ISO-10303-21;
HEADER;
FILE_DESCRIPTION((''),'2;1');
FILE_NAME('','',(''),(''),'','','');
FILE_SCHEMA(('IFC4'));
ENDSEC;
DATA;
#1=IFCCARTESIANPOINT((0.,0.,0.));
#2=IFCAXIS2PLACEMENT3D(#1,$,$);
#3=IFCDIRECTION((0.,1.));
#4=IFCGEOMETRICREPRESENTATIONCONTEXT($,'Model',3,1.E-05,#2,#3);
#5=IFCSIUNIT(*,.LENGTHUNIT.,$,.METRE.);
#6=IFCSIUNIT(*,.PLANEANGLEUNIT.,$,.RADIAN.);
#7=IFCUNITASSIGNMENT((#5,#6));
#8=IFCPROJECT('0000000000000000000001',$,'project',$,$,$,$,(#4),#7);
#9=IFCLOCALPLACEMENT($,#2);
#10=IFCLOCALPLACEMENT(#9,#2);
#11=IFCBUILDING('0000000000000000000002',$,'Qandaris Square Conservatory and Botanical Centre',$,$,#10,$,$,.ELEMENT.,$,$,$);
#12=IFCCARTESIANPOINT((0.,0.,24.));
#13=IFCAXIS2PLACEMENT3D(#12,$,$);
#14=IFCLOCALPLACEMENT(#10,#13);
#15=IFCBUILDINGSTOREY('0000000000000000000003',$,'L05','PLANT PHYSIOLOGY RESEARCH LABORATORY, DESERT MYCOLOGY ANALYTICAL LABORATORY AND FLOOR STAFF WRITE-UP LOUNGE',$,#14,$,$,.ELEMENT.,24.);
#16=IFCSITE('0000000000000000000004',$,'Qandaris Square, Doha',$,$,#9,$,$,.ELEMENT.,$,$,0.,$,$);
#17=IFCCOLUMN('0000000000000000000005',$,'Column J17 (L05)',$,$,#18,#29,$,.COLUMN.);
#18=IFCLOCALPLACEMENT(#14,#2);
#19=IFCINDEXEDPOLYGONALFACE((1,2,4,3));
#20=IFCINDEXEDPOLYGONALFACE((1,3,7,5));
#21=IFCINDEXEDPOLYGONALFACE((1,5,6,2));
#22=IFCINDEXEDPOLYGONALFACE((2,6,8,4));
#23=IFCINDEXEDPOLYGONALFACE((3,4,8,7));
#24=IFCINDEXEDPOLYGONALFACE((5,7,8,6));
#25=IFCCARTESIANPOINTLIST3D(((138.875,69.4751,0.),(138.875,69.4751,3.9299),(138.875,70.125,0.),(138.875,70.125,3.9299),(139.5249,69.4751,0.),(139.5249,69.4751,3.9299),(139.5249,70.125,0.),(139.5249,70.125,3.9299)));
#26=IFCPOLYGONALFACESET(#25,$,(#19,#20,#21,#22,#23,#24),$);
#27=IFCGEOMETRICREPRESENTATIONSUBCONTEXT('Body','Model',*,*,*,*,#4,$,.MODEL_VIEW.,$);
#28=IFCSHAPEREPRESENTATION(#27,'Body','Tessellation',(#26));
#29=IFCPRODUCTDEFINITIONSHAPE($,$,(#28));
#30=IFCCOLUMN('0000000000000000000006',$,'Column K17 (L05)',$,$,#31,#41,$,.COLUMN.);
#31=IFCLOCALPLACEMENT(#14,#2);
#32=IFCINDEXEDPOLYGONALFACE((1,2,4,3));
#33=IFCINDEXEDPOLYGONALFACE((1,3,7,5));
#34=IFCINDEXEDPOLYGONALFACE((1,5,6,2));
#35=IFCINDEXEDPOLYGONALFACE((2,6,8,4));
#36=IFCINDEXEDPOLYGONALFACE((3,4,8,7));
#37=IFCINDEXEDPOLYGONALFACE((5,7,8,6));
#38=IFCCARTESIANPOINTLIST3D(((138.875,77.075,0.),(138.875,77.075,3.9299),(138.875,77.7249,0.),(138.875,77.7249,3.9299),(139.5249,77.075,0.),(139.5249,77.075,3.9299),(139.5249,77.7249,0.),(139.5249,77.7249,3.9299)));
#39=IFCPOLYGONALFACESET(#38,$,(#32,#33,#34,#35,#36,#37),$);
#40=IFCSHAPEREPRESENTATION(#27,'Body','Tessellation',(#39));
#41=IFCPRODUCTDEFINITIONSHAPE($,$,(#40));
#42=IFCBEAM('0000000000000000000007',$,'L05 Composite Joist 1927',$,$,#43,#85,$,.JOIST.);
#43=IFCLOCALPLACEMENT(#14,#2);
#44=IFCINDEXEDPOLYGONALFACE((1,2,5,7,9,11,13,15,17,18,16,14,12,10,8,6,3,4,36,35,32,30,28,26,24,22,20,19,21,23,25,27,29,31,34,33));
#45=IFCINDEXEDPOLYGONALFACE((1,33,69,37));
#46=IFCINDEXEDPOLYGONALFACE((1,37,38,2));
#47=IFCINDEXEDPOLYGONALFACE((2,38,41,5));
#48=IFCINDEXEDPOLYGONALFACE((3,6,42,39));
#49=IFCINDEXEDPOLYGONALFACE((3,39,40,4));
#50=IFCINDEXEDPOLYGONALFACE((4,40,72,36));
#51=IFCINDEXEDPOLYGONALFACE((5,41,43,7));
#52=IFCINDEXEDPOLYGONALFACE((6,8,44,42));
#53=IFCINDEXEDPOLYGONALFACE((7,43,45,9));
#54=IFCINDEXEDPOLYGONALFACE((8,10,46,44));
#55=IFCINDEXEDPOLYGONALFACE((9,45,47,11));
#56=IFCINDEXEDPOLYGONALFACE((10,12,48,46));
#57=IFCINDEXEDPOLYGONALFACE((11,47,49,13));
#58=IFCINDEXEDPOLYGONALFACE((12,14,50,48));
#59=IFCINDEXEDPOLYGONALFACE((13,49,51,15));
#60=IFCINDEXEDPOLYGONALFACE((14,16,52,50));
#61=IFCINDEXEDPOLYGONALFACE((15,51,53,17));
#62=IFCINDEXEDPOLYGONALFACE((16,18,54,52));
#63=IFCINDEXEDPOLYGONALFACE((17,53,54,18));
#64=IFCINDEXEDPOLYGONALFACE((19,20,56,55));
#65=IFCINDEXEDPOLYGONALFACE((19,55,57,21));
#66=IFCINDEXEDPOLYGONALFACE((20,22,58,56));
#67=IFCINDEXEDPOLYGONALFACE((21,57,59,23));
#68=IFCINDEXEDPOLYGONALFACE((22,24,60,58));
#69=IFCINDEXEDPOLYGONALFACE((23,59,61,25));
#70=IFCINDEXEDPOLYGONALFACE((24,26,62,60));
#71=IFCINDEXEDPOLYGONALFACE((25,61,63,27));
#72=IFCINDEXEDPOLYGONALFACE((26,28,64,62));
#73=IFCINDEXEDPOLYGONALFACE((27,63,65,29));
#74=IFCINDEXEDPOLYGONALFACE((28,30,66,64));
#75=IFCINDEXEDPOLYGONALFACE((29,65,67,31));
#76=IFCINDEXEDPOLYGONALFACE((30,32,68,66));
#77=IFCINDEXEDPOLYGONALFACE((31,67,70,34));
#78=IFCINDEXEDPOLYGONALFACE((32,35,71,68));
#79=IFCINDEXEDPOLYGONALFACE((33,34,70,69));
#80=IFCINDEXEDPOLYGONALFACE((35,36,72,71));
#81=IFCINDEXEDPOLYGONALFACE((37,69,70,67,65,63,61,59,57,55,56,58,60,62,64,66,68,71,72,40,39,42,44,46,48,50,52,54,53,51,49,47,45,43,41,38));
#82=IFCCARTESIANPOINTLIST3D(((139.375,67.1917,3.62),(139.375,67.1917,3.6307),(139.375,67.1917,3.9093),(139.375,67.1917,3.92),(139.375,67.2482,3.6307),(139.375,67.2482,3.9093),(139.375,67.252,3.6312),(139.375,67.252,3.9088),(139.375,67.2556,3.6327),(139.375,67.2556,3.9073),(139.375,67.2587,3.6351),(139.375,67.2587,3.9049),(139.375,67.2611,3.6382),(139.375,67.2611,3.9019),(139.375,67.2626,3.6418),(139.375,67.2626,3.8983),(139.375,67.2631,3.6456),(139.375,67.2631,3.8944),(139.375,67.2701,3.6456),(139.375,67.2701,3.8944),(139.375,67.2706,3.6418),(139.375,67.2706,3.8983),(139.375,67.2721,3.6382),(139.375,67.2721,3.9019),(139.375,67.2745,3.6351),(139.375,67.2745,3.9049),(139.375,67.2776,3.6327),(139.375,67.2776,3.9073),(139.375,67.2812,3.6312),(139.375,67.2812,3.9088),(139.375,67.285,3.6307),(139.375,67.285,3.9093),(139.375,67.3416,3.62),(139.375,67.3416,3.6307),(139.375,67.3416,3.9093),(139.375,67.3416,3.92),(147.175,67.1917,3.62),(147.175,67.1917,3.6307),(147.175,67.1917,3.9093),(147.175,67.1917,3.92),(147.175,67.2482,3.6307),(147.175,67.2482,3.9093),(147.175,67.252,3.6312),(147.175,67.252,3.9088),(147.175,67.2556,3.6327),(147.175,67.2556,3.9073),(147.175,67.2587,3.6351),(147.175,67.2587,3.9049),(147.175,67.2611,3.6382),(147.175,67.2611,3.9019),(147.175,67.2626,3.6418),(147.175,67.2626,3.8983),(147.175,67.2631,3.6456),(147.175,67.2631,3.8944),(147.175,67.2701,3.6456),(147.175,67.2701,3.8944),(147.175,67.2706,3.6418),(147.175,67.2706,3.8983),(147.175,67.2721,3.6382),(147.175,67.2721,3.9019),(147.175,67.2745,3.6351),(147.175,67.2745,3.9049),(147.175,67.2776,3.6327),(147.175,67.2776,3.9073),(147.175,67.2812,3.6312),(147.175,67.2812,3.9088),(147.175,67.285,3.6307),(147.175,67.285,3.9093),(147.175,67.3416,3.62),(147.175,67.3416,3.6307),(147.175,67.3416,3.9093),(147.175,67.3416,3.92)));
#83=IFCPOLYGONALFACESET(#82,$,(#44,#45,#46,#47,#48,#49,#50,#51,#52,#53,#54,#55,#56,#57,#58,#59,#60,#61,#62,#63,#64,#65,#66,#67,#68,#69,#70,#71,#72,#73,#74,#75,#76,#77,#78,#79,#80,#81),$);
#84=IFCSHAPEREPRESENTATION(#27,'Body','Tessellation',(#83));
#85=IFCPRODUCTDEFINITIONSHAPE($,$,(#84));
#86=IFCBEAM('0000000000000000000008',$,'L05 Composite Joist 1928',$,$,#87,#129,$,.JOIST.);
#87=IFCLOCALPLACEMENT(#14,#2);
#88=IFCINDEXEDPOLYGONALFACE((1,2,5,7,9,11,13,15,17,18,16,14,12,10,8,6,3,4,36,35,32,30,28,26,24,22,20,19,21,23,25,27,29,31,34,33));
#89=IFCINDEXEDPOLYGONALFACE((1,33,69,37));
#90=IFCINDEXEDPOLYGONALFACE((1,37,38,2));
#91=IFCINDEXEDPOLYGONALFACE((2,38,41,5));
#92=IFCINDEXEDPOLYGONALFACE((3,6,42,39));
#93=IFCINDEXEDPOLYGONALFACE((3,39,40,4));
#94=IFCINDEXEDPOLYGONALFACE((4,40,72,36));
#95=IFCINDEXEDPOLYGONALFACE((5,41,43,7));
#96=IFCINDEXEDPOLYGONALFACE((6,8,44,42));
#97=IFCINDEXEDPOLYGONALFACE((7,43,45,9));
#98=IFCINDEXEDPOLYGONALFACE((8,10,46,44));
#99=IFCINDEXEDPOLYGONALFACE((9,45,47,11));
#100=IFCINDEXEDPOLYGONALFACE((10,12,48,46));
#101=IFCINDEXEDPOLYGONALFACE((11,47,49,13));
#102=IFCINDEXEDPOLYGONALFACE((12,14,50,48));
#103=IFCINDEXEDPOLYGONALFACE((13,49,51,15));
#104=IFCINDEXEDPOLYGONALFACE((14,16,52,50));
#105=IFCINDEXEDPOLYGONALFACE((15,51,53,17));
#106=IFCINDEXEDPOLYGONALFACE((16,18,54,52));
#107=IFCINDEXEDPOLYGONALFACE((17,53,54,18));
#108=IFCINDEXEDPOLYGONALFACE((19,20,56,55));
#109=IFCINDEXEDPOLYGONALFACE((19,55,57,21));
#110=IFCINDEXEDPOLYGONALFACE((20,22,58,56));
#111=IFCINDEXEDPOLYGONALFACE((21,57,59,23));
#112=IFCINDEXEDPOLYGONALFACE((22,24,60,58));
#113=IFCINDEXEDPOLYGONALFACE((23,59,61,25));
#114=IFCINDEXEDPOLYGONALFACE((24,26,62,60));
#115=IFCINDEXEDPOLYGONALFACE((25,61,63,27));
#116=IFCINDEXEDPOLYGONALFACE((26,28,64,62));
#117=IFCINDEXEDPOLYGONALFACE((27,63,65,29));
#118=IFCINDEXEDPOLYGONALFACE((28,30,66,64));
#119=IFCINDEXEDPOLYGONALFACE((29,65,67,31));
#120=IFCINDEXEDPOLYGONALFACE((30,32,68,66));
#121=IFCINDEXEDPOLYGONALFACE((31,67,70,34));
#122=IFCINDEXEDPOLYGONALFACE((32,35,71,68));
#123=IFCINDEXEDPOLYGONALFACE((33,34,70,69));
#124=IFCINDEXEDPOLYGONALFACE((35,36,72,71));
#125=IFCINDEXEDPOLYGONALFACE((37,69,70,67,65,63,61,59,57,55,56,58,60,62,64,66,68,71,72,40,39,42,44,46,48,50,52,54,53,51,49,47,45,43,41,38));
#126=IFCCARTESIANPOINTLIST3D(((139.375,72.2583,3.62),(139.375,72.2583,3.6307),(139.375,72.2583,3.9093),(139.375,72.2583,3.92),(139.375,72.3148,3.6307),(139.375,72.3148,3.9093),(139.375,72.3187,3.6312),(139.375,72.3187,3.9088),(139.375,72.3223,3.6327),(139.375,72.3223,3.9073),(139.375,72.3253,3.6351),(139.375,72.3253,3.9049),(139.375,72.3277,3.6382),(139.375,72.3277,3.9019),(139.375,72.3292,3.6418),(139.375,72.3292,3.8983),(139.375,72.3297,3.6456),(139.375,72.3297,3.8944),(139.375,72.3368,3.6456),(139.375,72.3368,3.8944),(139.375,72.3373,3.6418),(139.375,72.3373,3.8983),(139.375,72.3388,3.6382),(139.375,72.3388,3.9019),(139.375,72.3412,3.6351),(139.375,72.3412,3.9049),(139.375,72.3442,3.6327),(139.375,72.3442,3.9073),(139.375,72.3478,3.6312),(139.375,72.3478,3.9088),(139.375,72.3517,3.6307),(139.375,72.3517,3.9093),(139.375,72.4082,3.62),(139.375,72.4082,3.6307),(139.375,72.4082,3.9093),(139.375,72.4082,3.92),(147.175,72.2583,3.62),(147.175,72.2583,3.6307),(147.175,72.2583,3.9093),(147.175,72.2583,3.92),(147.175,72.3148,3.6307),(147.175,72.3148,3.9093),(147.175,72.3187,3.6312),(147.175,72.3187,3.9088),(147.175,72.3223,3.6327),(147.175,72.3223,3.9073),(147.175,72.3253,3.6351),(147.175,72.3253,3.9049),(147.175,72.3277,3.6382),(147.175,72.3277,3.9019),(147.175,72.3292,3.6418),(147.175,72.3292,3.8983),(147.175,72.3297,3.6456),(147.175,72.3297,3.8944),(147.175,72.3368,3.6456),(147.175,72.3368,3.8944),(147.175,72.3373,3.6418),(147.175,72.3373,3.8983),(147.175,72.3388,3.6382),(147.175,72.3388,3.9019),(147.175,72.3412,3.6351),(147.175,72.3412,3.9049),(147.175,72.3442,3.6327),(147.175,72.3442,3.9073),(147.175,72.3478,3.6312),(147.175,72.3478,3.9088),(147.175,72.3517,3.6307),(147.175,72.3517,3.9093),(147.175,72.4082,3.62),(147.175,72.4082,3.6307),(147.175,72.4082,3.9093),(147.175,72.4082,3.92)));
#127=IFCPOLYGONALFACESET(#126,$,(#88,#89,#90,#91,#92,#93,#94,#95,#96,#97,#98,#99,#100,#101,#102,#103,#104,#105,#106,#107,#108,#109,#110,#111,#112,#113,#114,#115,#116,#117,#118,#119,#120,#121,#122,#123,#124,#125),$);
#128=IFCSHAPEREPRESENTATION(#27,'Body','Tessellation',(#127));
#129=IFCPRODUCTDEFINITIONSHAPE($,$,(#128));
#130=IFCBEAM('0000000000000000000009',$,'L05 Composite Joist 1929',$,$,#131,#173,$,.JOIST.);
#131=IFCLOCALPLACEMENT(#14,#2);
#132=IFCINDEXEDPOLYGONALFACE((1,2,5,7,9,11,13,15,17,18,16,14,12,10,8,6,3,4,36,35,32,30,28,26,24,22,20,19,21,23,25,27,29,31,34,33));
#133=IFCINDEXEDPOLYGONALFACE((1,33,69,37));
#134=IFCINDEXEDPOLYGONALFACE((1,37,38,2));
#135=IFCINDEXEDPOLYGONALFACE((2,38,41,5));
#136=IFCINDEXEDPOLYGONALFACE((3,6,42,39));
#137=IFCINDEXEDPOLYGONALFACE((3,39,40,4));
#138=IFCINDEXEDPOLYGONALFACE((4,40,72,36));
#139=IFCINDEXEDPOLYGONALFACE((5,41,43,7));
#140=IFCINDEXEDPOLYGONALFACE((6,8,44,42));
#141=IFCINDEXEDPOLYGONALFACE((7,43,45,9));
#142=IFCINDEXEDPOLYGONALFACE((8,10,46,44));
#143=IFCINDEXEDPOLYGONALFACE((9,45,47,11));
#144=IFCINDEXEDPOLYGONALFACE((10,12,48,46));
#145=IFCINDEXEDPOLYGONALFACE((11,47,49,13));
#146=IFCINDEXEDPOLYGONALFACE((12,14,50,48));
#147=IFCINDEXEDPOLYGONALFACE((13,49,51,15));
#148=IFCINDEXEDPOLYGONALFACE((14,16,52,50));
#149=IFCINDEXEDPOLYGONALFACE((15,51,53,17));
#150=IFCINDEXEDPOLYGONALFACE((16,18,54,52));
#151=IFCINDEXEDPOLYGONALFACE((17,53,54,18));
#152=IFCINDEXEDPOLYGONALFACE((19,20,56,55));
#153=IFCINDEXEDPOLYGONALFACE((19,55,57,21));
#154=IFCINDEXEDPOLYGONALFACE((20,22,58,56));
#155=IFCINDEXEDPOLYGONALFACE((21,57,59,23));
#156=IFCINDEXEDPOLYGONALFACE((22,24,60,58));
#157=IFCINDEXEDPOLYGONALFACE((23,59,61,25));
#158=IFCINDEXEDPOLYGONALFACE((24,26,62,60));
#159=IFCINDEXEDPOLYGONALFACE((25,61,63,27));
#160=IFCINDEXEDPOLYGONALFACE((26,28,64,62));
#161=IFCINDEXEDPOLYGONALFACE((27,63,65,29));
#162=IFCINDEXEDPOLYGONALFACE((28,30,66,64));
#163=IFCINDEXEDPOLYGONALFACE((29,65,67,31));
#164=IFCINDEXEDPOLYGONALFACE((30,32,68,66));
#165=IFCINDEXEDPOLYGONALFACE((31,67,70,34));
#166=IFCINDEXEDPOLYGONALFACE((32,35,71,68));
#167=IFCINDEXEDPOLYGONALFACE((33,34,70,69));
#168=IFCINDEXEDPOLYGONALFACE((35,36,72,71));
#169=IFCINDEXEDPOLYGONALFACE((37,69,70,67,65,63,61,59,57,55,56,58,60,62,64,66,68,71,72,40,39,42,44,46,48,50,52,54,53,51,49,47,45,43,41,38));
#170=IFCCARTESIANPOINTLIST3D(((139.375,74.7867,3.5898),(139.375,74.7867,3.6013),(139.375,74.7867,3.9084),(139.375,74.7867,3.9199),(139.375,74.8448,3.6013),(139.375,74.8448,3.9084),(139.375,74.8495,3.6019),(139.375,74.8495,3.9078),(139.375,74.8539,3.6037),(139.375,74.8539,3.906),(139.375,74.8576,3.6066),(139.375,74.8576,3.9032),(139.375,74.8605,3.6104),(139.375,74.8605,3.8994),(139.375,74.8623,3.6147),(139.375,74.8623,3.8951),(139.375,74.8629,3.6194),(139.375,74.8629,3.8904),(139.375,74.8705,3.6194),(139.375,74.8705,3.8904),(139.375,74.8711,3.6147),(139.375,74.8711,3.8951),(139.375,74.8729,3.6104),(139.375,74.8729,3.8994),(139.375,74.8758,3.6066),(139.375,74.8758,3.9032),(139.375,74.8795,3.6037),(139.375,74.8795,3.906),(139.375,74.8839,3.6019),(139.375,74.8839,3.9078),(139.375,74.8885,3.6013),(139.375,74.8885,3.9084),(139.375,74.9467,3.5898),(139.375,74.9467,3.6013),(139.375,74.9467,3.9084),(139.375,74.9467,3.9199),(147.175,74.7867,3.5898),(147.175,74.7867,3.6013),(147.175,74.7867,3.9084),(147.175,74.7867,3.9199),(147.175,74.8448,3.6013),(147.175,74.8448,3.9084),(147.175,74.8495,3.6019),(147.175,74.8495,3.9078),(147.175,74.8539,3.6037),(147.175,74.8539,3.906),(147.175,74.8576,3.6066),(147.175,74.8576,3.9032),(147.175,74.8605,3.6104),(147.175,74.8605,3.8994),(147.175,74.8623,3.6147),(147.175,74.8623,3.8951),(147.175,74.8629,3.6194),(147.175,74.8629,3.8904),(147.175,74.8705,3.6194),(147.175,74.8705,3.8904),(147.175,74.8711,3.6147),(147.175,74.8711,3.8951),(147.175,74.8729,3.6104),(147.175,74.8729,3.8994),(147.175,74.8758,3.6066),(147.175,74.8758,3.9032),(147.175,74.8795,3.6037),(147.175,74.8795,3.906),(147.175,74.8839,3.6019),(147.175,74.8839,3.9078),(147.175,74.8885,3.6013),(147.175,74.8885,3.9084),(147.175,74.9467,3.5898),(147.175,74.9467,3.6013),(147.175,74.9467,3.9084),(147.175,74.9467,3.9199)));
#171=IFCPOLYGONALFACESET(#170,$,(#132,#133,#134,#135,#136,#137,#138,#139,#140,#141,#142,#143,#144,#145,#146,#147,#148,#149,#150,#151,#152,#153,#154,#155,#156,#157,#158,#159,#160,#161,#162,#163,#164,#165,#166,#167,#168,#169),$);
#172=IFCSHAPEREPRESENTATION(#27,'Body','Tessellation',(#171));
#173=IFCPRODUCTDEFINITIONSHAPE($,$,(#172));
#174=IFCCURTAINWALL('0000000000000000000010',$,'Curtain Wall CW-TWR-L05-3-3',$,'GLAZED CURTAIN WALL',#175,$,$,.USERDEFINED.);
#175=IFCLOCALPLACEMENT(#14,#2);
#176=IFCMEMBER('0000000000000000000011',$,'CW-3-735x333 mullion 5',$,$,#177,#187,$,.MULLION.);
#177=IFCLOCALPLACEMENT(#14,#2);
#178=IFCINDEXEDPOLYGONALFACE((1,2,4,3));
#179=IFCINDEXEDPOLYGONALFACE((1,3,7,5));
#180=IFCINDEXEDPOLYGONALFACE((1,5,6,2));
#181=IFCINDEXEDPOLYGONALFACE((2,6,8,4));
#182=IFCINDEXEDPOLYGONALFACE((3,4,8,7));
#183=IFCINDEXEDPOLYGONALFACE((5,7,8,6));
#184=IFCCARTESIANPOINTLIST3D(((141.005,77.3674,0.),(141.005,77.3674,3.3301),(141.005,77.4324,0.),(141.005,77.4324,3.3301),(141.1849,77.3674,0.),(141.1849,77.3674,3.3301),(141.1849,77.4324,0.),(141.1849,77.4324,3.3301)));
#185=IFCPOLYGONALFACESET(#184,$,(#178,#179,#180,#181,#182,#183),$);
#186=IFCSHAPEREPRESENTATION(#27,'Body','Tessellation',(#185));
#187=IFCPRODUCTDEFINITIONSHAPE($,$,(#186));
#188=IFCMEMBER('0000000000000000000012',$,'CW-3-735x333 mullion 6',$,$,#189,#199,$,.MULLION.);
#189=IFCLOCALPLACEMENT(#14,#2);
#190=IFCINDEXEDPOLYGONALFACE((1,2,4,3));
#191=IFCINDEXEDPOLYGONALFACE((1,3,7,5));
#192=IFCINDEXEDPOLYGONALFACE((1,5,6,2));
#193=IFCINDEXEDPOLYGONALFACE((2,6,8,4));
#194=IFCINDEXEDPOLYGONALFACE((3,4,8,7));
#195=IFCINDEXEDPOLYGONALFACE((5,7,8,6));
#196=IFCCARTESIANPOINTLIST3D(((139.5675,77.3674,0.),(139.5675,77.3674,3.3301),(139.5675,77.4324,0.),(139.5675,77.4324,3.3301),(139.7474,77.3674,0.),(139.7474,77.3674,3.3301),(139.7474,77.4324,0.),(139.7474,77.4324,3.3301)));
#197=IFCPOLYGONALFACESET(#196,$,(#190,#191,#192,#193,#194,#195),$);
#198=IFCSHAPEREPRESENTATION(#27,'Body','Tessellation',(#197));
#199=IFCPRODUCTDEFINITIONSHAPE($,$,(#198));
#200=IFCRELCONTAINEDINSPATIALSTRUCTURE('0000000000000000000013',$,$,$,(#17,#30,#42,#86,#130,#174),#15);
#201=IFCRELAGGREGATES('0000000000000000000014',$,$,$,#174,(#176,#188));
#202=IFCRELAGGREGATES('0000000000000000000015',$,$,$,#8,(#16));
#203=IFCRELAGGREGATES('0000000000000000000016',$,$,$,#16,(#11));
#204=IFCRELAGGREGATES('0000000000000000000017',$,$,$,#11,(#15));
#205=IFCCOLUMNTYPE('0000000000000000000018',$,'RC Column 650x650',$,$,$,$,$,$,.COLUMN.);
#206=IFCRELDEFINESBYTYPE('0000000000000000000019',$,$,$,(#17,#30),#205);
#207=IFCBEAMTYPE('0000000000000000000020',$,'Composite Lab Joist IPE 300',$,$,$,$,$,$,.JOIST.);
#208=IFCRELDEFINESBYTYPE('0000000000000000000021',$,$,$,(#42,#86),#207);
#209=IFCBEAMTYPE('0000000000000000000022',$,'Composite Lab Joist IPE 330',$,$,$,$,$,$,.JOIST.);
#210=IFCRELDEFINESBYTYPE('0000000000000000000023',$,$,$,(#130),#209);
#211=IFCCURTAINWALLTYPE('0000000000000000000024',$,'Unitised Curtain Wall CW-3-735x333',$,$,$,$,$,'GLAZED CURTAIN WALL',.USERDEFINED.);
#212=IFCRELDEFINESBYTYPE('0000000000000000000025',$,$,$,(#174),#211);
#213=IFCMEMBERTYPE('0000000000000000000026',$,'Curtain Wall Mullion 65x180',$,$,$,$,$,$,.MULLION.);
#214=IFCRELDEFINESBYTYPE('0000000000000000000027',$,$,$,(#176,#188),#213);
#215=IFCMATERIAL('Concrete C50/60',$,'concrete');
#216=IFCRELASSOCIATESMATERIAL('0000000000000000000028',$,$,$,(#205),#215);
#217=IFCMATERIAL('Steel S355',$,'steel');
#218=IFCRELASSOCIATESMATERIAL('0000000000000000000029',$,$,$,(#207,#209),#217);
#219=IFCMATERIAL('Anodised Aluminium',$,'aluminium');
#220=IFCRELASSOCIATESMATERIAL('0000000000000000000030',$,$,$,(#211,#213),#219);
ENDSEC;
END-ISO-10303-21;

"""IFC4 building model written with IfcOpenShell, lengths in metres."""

from ifc_helpers import new_model, si_unit, direction, frame, origin, origin_2d, place, context, subcontext, project, spatial, rectangle, i_section, extrude, material, material_profile, profile_set, type_object, element, aggregate, save


model = new_model("IFC4")

# Units and contexts
model_context = context("Model", 3, precision=1e-05, world=origin(), true_north=direction((0.0, 1.0)))
body_context = subcontext(model_context, "Body", "Model", "MODEL_VIEW")
ifc_project = project(units=[si_unit("LENGTHUNIT", "METRE"), si_unit("PLANEANGLEUNIT", "RADIAN")], contexts=[model_context])

# Site, building, storey
site_placement = place(None, origin())
site = spatial("IfcSite", under=ifc_project, at=site_placement, Name="Qandaris Square, Doha", CompositionType="ELEMENT", RefElevation=0.0)
building_placement = place(site_placement, origin())
building = spatial("IfcBuilding", under=site, at=building_placement, Name="Qandaris Square Conservatory and Botanical Centre", CompositionType="ELEMENT")
storey_placement = place(building_placement, frame((0.0, 0.0, 24.0)))
storey = spatial("IfcBuildingStorey", under=building, at=storey_placement, Name="L05", Description="PLANT PHYSIOLOGY RESEARCH LABORATORY, DESERT MYCOLOGY ANALYTICAL LABORATORY AND FLOOR STAFF WRITE-UP LOUNGE", CompositionType="ELEMENT", Elevation=24.0)

# Columns
ifc_material_1 = material(Name="Concrete C50/60", Category="concrete")
ifc_material_profile_1 = material_profile(ifc_material_1, rectangle(XDim=0.6499, YDim=0.6499, at=origin_2d()), Name="RC-COL 650x650")
ifc_profile_set_1 = profile_set([ifc_material_profile_1], Name="Concrete C50/60")
column_type = type_object("IfcColumnType", Name="RC Column 650x650", PredefinedType="COLUMN", material=ifc_profile_set_1)
for number, where, z_axis, x_axis, name in (
    (1, (139.2, 69.8, 0.0), (0.0, 0.0, 1.0), (1.0, 0.0, 0.0), "Column J17 (L05)"),
    (2, (139.2, 77.3999, 0.0), (0.0, 0.0, 1.0), (1.0, 0.0, 0.0), "Column K17 (L05)"),
):
    element("IfcColumn", number, at=place(storey_placement, frame(where, z_axis=z_axis, x_axis=x_axis)), inside=storey, type_object=column_type, Name=name, PredefinedType="COLUMN", context=body_context, shape_type="SweptSolid", body=[
        extrude(rectangle(XDim=0.6499, YDim=0.6499, at=origin_2d()), origin(), (0.0, 0.0, 1.0), 3.9299),
    ])

# Beams
ifc_material_2 = material(Name="Steel S355", Category="steel")
ifc_material_profile_2 = material_profile(ifc_material_2, i_section(OverallWidth=0.1499, OverallDepth=0.3, WebThickness=0.0071, FlangeThickness=0.0107, FilletRadius=0.0149, at=origin_2d()), Name="IPE 300")
ifc_profile_set_2 = profile_set([ifc_material_profile_2], Name="Steel S355")
beam_type_1 = type_object("IfcBeamType", Name="Composite Lab Joist IPE 300", PredefinedType="JOIST", material=ifc_profile_set_2)
for number, where, z_axis, x_axis, name in (
    (3, (139.375, 67.2666, 3.77), (1.0, 0.0, 0.0), (0.0, 1.0, 0.0), "L05 Composite Joist 1927"),
    (4, (139.375, 72.3333, 3.77), (1.0, 0.0, 0.0), (0.0, 1.0, 0.0), "L05 Composite Joist 1928"),
):
    element("IfcBeam", number, at=place(storey_placement, frame(where, z_axis=z_axis, x_axis=x_axis)), inside=storey, type_object=beam_type_1, Name=name, PredefinedType="JOIST", context=body_context, shape_type="SweptSolid", body=[
        extrude(i_section(OverallWidth=0.1499, OverallDepth=0.3, WebThickness=0.0071, FlangeThickness=0.0107, FilletRadius=0.0149, at=origin_2d()), origin(), (0.0, 0.0, 1.0), 7.8),
    ])
ifc_material_profile_3 = material_profile(ifc_material_2, i_section(OverallWidth=0.1599, OverallDepth=0.3301, WebThickness=0.0076, FlangeThickness=0.0115, FilletRadius=0.0181, at=origin_2d()), Name="IPE 330")
ifc_profile_set_3 = profile_set([ifc_material_profile_3], Name="Steel S355")
beam_type_2 = type_object("IfcBeamType", Name="Composite Lab Joist IPE 330", PredefinedType="JOIST", material=ifc_profile_set_3)
beam_1_placement = place(storey_placement, frame((139.375, 74.8667, 3.7549), z_axis=(1.0, 0.0, 0.0), x_axis=(0.0, 1.0, 0.0)))
element("IfcBeam", 5, at=beam_1_placement, inside=storey, type_object=beam_type_2, Name="L05 Composite Joist 1929", PredefinedType="JOIST", context=body_context, shape_type="SweptSolid", body=[
    extrude(i_section(OverallWidth=0.1599, OverallDepth=0.3301, WebThickness=0.0076, FlangeThickness=0.0115, FilletRadius=0.0181, at=origin_2d()), origin(), (0.0, 0.0, 1.0), 7.8),
])

# Curtain wall, members
ifc_material_3 = material(Name="Anodised Aluminium", Category="aluminium")
curtain_wall_type_1 = type_object("IfcCurtainWallType", Name="Unitised Curtain Wall CW-3-735x333", ElementType="GLAZED CURTAIN WALL", PredefinedType="USERDEFINED", material=ifc_material_3)
curtain_wall_1_placement = place(storey_placement, origin())
curtain_wall_1 = element("IfcCurtainWall", 6, at=curtain_wall_1_placement, inside=storey, type_object=curtain_wall_type_1, Name="Curtain Wall CW-TWR-L05-3-3", ObjectType="GLAZED CURTAIN WALL", PredefinedType="USERDEFINED")
ifc_material_profile_4 = material_profile(ifc_material_3, rectangle(XDim=0.0649, YDim=0.1799, at=origin_2d()), Name="ALU-MUL 65x180")
ifc_profile_set_4 = profile_set([ifc_material_profile_4], Name="Anodised Aluminium")
member_type_1 = type_object("IfcMemberType", Name="Curtain Wall Mullion 65x180", PredefinedType="MULLION", material=ifc_profile_set_4)
member_1_placement = place(storey_placement, frame((141.095, 77.3999, 0.0), z_axis=(0.0, 0.0, 1.0), x_axis=(0.0, -1.0, 0.0)))
member_1 = element("IfcMember", 7, at=member_1_placement, type_object=member_type_1, Name="CW-3-735x333 mullion 5", PredefinedType="MULLION", context=body_context, shape_type="SweptSolid", body=[
    extrude(rectangle(XDim=0.0649, YDim=0.1799, at=origin_2d()), origin(), (0.0, 0.0, 1.0), 3.3301),
])
member_2_placement = place(storey_placement, frame((139.6575, 77.3999, 0.0), z_axis=(0.0, 0.0, 1.0), x_axis=(0.0, -1.0, 0.0)))
member_2 = element("IfcMember", 8, at=member_2_placement, type_object=member_type_1, Name="CW-3-735x333 mullion 6", PredefinedType="MULLION", context=body_context, shape_type="SweptSolid", body=[
    extrude(rectangle(XDim=0.0649, YDim=0.1799, at=origin_2d()), origin(), (0.0, 0.0, 1.0), 3.3301),
])

aggregate(curtain_wall_1, [member_1, member_2])

save(model, "model.ifc")
